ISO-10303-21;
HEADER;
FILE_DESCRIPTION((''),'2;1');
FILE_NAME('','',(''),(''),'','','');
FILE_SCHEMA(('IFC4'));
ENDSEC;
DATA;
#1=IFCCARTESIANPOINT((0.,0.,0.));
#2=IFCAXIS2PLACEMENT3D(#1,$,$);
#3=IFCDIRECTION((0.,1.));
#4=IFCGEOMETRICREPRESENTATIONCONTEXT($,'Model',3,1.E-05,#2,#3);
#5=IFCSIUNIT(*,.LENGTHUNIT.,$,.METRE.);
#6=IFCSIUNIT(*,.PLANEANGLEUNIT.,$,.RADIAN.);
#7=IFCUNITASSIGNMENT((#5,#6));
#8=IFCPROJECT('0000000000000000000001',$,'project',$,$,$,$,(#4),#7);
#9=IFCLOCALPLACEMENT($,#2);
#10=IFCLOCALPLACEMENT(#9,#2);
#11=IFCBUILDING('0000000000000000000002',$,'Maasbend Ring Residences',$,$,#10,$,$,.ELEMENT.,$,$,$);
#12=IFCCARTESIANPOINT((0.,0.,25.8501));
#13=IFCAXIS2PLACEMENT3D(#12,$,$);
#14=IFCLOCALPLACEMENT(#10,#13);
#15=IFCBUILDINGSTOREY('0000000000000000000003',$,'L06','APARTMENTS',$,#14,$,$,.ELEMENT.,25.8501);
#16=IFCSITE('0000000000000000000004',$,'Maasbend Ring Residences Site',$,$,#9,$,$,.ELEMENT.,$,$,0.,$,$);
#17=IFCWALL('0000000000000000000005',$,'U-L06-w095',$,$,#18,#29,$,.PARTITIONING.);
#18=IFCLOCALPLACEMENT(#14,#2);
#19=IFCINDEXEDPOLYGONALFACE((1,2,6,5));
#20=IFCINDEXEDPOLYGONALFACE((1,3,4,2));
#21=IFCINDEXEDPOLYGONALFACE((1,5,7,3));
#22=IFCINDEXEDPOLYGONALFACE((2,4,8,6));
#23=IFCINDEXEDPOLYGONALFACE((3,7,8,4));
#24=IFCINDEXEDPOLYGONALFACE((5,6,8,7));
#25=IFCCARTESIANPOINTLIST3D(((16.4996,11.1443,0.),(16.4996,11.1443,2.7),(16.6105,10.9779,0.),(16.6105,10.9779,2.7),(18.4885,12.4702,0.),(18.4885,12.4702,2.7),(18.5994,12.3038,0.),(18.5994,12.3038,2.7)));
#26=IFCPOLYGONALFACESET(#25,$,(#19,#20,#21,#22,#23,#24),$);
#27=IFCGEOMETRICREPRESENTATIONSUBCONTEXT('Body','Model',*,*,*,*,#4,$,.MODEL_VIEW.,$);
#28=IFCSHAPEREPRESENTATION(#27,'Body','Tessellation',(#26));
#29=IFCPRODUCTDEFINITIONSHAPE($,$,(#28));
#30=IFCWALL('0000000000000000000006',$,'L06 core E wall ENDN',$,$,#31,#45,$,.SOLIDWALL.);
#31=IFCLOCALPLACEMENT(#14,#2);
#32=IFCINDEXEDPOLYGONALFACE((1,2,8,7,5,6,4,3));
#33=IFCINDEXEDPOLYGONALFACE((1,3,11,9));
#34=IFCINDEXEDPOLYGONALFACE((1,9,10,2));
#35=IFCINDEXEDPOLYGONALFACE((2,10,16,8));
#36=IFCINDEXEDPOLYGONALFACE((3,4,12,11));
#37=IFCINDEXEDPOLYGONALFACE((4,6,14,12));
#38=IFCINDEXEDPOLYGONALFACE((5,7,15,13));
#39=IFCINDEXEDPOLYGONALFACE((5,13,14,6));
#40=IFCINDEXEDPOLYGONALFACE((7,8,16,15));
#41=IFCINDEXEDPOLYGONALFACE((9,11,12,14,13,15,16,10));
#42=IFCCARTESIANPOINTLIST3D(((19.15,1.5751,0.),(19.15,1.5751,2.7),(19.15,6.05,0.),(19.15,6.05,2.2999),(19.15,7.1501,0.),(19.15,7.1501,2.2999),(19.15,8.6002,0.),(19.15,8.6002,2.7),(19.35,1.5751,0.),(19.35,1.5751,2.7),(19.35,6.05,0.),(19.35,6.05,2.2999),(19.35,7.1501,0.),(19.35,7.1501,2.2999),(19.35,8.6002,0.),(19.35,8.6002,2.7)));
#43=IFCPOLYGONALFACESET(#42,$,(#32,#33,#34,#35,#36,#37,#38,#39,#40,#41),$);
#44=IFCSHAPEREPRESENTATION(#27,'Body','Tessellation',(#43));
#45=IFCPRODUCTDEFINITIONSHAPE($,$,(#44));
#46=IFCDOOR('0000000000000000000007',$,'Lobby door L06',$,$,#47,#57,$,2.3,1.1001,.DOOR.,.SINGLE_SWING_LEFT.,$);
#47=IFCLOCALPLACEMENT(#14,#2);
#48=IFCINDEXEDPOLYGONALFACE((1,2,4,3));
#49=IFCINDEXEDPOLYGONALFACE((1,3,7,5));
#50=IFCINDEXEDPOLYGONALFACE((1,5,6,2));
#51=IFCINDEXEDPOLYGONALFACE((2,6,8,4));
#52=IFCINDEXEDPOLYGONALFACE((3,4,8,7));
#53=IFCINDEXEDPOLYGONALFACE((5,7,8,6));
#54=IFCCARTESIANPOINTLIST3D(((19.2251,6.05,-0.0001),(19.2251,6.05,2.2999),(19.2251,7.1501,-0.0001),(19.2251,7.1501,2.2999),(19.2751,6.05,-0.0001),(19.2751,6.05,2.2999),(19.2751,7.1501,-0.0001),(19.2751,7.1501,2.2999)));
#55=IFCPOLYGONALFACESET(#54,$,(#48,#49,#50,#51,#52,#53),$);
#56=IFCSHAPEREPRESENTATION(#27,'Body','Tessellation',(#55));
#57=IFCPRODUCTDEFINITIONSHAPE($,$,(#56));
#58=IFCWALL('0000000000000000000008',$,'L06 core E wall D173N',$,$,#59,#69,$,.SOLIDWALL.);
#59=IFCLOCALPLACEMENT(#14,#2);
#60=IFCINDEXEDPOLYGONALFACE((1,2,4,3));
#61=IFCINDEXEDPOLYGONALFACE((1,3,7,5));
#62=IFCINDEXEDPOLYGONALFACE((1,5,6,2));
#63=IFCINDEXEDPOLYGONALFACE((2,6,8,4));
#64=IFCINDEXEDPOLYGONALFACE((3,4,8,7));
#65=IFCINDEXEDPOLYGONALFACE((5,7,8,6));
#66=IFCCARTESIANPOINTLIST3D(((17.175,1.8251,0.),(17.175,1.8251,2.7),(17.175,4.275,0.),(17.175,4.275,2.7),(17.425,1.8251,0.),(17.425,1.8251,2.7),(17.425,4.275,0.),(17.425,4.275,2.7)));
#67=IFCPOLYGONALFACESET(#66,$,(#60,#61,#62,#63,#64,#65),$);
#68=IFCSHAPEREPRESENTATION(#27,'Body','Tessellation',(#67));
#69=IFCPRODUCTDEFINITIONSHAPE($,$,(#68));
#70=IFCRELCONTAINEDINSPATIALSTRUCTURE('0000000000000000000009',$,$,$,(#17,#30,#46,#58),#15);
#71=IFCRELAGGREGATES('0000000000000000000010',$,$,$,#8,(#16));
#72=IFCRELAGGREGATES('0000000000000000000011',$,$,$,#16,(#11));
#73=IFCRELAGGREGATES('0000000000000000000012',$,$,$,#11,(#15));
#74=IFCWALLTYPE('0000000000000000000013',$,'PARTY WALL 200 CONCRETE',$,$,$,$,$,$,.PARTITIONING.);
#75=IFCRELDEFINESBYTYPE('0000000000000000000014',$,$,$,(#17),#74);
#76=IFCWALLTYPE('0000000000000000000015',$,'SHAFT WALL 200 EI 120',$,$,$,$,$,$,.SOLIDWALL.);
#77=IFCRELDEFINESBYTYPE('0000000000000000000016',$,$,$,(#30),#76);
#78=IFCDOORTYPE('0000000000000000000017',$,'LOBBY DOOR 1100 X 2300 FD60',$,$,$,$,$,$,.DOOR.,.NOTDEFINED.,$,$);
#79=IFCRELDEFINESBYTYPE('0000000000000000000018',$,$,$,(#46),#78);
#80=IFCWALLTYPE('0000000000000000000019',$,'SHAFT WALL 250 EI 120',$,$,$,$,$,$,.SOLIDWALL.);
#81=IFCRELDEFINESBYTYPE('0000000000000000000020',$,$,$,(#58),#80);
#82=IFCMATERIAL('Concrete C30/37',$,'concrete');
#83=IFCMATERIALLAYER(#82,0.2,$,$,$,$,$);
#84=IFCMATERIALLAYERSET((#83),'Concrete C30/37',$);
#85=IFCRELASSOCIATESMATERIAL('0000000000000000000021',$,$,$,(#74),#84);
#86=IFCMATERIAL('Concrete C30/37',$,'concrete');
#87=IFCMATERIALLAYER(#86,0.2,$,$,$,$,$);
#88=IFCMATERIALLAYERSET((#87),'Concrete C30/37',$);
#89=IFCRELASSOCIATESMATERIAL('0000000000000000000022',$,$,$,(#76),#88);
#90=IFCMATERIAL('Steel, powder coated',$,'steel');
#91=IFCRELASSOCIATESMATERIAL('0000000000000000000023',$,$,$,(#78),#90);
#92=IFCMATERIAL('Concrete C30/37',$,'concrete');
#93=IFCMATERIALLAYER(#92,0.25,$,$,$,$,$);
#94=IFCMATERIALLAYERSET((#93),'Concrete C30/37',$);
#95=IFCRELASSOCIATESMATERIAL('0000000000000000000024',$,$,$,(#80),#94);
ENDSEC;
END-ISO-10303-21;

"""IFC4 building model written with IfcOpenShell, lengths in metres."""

from ifc_helpers import new_model, si_unit, direction, frame, frame_2d, origin, place, context, subcontext, project, spatial, rectangle, extrude, material, layer, layer_set, type_object, element, fill, save


model = new_model("IFC4")

# Units and contexts
model_context = context("Model", 3, precision=1e-05, world=origin(), true_north=direction((0.0, 1.0)))
body_context = subcontext(model_context, "Body", "Model", "MODEL_VIEW")
ifc_project = project(units=[si_unit("LENGTHUNIT", "METRE"), si_unit("PLANEANGLEUNIT", "RADIAN")], contexts=[model_context])

# Site, building, storey
site_placement = place(None, origin())
site = spatial("IfcSite", under=ifc_project, at=site_placement, Name="Maasbend Ring Residences Site", CompositionType="ELEMENT", RefElevation=0.0)
building_placement = place(site_placement, origin())
building = spatial("IfcBuilding", under=site, at=building_placement, Name="Maasbend Ring Residences", CompositionType="ELEMENT")
storey_placement = place(building_placement, frame((0.0, 0.0, 25.8501)))
storey = spatial("IfcBuildingStorey", under=building, at=storey_placement, Name="L06", Description="APARTMENTS", CompositionType="ELEMENT", Elevation=25.8501)

# Wall
ifc_material_1 = material(Name="Concrete C30/37", Category="concrete")
ifc_layer_1 = layer(ifc_material_1, 0.2)
ifc_layer_set_1 = layer_set([ifc_layer_1], Name="Concrete C30/37")
wall_type_1 = type_object("IfcWallType", Name="PARTY WALL 200 CONCRETE", PredefinedType="PARTITIONING", material=ifc_layer_set_1)
wall_1_placement = place(storey_placement, frame((16.5549, 11.061, 0.0), z_axis=(0.0, 0.0, 1.0), x_axis=(0.832066, 0.554677, 0.0)))
element("IfcWall", 1, at=wall_1_placement, inside=storey, type_object=wall_type_1, Name="U-L06-w095", PredefinedType="PARTITIONING", context=body_context, shape_type="SweptSolid", body=[
    extrude(rectangle(XDim=2.3904, YDim=0.2, at=frame_2d((1.1953, 0.0))), origin(), (0.0, 0.0, 1.0), 2.7),
])

# Wall, opening, door
ifc_material_2 = material(Name="Concrete C30/37", Category="concrete")
ifc_layer_2 = layer(ifc_material_2, 0.2)
ifc_layer_set_2 = layer_set([ifc_layer_2], Name="Concrete C30/37")
wall_type_2 = type_object("IfcWallType", Name="SHAFT WALL 200 EI 120", PredefinedType="SOLIDWALL", material=ifc_layer_set_2)
wall_2_placement = place(storey_placement, frame((19.25, 1.575, 0.0), z_axis=(0.0, 0.0, 1.0), x_axis=(0.0, 1.0, 0.0)))
wall_2 = element("IfcWall", 2, at=wall_2_placement, inside=storey, type_object=wall_type_2, Name="L06 core E wall ENDN", PredefinedType="SOLIDWALL", context=body_context, shape_type="SweptSolid", body=[
    extrude(rectangle(XDim=7.0251, YDim=0.2, at=frame_2d((3.5127, 0.0))), origin(), (0.0, 0.0, 1.0), 2.7),
])
opening_1_placement = place(wall_2_placement, frame((4.4751, 0.0, 0.0)))
opening_1 = element("IfcOpeningElement", 3, at=opening_1_placement, cuts=wall_2, PredefinedType="OPENING", context=body_context, shape_type="SweptSolid", body=[
    extrude(rectangle(XDim=1.1001, YDim=2.3, at=frame_2d((0.55, 1.1499))), frame((0.0, 0.1099, 0.0), z_axis=(0.0, -1.0, 0.0), x_axis=(1.0, 0.0, 0.0)), (0.0, 0.0, 1.0), 0.22),
])
ifc_material_3 = material(Name="Steel, powder coated", Category="steel")
door_type_1 = type_object("IfcDoorType", Name="LOBBY DOOR 1100 X 2300 FD60", OperationType="NOTDEFINED", PredefinedType="DOOR", material=ifc_material_3)
door_1_placement = place(opening_1_placement, origin())
door_1 = element("IfcDoor", 4, at=door_1_placement, inside=storey, type_object=door_type_1, Name="Lobby door L06", OperationType="SINGLE_SWING_LEFT", OverallHeight=2.3, OverallWidth=1.1001, PredefinedType="DOOR", context=body_context, shape_type="SweptSolid", body=[
    extrude(rectangle(XDim=1.1001, YDim=2.3, at=frame_2d((0.55, 1.1499))), frame((0.0, 0.0249, 0.0), z_axis=(0.0, -1.0, 0.0), x_axis=(1.0, 0.0, 0.0)), (0.0, 0.0, 1.0), 0.05),
])
fill(opening_1, door_1)

# Wall
ifc_material_4 = material(Name="Concrete C30/37", Category="concrete")
ifc_layer_3 = layer(ifc_material_4, 0.25)
ifc_layer_set_3 = layer_set([ifc_layer_3], Name="Concrete C30/37")
wall_type_3 = type_object("IfcWallType", Name="SHAFT WALL 250 EI 120", PredefinedType="SOLIDWALL", material=ifc_layer_set_3)
wall_3_placement = place(storey_placement, frame((17.3, 1.825, 0.0), z_axis=(0.0, 0.0, 1.0), x_axis=(0.0, 1.0, 0.0)))
element("IfcWall", 5, at=wall_3_placement, inside=storey, type_object=wall_type_3, Name="L06 core E wall D173N", PredefinedType="SOLIDWALL", context=body_context, shape_type="SweptSolid", body=[
    extrude(rectangle(XDim=2.45, YDim=0.25, at=frame_2d((1.2251, 0.0))), origin(), (0.0, 0.0, 1.0), 2.7),
])

save(model, "model.ifc")
